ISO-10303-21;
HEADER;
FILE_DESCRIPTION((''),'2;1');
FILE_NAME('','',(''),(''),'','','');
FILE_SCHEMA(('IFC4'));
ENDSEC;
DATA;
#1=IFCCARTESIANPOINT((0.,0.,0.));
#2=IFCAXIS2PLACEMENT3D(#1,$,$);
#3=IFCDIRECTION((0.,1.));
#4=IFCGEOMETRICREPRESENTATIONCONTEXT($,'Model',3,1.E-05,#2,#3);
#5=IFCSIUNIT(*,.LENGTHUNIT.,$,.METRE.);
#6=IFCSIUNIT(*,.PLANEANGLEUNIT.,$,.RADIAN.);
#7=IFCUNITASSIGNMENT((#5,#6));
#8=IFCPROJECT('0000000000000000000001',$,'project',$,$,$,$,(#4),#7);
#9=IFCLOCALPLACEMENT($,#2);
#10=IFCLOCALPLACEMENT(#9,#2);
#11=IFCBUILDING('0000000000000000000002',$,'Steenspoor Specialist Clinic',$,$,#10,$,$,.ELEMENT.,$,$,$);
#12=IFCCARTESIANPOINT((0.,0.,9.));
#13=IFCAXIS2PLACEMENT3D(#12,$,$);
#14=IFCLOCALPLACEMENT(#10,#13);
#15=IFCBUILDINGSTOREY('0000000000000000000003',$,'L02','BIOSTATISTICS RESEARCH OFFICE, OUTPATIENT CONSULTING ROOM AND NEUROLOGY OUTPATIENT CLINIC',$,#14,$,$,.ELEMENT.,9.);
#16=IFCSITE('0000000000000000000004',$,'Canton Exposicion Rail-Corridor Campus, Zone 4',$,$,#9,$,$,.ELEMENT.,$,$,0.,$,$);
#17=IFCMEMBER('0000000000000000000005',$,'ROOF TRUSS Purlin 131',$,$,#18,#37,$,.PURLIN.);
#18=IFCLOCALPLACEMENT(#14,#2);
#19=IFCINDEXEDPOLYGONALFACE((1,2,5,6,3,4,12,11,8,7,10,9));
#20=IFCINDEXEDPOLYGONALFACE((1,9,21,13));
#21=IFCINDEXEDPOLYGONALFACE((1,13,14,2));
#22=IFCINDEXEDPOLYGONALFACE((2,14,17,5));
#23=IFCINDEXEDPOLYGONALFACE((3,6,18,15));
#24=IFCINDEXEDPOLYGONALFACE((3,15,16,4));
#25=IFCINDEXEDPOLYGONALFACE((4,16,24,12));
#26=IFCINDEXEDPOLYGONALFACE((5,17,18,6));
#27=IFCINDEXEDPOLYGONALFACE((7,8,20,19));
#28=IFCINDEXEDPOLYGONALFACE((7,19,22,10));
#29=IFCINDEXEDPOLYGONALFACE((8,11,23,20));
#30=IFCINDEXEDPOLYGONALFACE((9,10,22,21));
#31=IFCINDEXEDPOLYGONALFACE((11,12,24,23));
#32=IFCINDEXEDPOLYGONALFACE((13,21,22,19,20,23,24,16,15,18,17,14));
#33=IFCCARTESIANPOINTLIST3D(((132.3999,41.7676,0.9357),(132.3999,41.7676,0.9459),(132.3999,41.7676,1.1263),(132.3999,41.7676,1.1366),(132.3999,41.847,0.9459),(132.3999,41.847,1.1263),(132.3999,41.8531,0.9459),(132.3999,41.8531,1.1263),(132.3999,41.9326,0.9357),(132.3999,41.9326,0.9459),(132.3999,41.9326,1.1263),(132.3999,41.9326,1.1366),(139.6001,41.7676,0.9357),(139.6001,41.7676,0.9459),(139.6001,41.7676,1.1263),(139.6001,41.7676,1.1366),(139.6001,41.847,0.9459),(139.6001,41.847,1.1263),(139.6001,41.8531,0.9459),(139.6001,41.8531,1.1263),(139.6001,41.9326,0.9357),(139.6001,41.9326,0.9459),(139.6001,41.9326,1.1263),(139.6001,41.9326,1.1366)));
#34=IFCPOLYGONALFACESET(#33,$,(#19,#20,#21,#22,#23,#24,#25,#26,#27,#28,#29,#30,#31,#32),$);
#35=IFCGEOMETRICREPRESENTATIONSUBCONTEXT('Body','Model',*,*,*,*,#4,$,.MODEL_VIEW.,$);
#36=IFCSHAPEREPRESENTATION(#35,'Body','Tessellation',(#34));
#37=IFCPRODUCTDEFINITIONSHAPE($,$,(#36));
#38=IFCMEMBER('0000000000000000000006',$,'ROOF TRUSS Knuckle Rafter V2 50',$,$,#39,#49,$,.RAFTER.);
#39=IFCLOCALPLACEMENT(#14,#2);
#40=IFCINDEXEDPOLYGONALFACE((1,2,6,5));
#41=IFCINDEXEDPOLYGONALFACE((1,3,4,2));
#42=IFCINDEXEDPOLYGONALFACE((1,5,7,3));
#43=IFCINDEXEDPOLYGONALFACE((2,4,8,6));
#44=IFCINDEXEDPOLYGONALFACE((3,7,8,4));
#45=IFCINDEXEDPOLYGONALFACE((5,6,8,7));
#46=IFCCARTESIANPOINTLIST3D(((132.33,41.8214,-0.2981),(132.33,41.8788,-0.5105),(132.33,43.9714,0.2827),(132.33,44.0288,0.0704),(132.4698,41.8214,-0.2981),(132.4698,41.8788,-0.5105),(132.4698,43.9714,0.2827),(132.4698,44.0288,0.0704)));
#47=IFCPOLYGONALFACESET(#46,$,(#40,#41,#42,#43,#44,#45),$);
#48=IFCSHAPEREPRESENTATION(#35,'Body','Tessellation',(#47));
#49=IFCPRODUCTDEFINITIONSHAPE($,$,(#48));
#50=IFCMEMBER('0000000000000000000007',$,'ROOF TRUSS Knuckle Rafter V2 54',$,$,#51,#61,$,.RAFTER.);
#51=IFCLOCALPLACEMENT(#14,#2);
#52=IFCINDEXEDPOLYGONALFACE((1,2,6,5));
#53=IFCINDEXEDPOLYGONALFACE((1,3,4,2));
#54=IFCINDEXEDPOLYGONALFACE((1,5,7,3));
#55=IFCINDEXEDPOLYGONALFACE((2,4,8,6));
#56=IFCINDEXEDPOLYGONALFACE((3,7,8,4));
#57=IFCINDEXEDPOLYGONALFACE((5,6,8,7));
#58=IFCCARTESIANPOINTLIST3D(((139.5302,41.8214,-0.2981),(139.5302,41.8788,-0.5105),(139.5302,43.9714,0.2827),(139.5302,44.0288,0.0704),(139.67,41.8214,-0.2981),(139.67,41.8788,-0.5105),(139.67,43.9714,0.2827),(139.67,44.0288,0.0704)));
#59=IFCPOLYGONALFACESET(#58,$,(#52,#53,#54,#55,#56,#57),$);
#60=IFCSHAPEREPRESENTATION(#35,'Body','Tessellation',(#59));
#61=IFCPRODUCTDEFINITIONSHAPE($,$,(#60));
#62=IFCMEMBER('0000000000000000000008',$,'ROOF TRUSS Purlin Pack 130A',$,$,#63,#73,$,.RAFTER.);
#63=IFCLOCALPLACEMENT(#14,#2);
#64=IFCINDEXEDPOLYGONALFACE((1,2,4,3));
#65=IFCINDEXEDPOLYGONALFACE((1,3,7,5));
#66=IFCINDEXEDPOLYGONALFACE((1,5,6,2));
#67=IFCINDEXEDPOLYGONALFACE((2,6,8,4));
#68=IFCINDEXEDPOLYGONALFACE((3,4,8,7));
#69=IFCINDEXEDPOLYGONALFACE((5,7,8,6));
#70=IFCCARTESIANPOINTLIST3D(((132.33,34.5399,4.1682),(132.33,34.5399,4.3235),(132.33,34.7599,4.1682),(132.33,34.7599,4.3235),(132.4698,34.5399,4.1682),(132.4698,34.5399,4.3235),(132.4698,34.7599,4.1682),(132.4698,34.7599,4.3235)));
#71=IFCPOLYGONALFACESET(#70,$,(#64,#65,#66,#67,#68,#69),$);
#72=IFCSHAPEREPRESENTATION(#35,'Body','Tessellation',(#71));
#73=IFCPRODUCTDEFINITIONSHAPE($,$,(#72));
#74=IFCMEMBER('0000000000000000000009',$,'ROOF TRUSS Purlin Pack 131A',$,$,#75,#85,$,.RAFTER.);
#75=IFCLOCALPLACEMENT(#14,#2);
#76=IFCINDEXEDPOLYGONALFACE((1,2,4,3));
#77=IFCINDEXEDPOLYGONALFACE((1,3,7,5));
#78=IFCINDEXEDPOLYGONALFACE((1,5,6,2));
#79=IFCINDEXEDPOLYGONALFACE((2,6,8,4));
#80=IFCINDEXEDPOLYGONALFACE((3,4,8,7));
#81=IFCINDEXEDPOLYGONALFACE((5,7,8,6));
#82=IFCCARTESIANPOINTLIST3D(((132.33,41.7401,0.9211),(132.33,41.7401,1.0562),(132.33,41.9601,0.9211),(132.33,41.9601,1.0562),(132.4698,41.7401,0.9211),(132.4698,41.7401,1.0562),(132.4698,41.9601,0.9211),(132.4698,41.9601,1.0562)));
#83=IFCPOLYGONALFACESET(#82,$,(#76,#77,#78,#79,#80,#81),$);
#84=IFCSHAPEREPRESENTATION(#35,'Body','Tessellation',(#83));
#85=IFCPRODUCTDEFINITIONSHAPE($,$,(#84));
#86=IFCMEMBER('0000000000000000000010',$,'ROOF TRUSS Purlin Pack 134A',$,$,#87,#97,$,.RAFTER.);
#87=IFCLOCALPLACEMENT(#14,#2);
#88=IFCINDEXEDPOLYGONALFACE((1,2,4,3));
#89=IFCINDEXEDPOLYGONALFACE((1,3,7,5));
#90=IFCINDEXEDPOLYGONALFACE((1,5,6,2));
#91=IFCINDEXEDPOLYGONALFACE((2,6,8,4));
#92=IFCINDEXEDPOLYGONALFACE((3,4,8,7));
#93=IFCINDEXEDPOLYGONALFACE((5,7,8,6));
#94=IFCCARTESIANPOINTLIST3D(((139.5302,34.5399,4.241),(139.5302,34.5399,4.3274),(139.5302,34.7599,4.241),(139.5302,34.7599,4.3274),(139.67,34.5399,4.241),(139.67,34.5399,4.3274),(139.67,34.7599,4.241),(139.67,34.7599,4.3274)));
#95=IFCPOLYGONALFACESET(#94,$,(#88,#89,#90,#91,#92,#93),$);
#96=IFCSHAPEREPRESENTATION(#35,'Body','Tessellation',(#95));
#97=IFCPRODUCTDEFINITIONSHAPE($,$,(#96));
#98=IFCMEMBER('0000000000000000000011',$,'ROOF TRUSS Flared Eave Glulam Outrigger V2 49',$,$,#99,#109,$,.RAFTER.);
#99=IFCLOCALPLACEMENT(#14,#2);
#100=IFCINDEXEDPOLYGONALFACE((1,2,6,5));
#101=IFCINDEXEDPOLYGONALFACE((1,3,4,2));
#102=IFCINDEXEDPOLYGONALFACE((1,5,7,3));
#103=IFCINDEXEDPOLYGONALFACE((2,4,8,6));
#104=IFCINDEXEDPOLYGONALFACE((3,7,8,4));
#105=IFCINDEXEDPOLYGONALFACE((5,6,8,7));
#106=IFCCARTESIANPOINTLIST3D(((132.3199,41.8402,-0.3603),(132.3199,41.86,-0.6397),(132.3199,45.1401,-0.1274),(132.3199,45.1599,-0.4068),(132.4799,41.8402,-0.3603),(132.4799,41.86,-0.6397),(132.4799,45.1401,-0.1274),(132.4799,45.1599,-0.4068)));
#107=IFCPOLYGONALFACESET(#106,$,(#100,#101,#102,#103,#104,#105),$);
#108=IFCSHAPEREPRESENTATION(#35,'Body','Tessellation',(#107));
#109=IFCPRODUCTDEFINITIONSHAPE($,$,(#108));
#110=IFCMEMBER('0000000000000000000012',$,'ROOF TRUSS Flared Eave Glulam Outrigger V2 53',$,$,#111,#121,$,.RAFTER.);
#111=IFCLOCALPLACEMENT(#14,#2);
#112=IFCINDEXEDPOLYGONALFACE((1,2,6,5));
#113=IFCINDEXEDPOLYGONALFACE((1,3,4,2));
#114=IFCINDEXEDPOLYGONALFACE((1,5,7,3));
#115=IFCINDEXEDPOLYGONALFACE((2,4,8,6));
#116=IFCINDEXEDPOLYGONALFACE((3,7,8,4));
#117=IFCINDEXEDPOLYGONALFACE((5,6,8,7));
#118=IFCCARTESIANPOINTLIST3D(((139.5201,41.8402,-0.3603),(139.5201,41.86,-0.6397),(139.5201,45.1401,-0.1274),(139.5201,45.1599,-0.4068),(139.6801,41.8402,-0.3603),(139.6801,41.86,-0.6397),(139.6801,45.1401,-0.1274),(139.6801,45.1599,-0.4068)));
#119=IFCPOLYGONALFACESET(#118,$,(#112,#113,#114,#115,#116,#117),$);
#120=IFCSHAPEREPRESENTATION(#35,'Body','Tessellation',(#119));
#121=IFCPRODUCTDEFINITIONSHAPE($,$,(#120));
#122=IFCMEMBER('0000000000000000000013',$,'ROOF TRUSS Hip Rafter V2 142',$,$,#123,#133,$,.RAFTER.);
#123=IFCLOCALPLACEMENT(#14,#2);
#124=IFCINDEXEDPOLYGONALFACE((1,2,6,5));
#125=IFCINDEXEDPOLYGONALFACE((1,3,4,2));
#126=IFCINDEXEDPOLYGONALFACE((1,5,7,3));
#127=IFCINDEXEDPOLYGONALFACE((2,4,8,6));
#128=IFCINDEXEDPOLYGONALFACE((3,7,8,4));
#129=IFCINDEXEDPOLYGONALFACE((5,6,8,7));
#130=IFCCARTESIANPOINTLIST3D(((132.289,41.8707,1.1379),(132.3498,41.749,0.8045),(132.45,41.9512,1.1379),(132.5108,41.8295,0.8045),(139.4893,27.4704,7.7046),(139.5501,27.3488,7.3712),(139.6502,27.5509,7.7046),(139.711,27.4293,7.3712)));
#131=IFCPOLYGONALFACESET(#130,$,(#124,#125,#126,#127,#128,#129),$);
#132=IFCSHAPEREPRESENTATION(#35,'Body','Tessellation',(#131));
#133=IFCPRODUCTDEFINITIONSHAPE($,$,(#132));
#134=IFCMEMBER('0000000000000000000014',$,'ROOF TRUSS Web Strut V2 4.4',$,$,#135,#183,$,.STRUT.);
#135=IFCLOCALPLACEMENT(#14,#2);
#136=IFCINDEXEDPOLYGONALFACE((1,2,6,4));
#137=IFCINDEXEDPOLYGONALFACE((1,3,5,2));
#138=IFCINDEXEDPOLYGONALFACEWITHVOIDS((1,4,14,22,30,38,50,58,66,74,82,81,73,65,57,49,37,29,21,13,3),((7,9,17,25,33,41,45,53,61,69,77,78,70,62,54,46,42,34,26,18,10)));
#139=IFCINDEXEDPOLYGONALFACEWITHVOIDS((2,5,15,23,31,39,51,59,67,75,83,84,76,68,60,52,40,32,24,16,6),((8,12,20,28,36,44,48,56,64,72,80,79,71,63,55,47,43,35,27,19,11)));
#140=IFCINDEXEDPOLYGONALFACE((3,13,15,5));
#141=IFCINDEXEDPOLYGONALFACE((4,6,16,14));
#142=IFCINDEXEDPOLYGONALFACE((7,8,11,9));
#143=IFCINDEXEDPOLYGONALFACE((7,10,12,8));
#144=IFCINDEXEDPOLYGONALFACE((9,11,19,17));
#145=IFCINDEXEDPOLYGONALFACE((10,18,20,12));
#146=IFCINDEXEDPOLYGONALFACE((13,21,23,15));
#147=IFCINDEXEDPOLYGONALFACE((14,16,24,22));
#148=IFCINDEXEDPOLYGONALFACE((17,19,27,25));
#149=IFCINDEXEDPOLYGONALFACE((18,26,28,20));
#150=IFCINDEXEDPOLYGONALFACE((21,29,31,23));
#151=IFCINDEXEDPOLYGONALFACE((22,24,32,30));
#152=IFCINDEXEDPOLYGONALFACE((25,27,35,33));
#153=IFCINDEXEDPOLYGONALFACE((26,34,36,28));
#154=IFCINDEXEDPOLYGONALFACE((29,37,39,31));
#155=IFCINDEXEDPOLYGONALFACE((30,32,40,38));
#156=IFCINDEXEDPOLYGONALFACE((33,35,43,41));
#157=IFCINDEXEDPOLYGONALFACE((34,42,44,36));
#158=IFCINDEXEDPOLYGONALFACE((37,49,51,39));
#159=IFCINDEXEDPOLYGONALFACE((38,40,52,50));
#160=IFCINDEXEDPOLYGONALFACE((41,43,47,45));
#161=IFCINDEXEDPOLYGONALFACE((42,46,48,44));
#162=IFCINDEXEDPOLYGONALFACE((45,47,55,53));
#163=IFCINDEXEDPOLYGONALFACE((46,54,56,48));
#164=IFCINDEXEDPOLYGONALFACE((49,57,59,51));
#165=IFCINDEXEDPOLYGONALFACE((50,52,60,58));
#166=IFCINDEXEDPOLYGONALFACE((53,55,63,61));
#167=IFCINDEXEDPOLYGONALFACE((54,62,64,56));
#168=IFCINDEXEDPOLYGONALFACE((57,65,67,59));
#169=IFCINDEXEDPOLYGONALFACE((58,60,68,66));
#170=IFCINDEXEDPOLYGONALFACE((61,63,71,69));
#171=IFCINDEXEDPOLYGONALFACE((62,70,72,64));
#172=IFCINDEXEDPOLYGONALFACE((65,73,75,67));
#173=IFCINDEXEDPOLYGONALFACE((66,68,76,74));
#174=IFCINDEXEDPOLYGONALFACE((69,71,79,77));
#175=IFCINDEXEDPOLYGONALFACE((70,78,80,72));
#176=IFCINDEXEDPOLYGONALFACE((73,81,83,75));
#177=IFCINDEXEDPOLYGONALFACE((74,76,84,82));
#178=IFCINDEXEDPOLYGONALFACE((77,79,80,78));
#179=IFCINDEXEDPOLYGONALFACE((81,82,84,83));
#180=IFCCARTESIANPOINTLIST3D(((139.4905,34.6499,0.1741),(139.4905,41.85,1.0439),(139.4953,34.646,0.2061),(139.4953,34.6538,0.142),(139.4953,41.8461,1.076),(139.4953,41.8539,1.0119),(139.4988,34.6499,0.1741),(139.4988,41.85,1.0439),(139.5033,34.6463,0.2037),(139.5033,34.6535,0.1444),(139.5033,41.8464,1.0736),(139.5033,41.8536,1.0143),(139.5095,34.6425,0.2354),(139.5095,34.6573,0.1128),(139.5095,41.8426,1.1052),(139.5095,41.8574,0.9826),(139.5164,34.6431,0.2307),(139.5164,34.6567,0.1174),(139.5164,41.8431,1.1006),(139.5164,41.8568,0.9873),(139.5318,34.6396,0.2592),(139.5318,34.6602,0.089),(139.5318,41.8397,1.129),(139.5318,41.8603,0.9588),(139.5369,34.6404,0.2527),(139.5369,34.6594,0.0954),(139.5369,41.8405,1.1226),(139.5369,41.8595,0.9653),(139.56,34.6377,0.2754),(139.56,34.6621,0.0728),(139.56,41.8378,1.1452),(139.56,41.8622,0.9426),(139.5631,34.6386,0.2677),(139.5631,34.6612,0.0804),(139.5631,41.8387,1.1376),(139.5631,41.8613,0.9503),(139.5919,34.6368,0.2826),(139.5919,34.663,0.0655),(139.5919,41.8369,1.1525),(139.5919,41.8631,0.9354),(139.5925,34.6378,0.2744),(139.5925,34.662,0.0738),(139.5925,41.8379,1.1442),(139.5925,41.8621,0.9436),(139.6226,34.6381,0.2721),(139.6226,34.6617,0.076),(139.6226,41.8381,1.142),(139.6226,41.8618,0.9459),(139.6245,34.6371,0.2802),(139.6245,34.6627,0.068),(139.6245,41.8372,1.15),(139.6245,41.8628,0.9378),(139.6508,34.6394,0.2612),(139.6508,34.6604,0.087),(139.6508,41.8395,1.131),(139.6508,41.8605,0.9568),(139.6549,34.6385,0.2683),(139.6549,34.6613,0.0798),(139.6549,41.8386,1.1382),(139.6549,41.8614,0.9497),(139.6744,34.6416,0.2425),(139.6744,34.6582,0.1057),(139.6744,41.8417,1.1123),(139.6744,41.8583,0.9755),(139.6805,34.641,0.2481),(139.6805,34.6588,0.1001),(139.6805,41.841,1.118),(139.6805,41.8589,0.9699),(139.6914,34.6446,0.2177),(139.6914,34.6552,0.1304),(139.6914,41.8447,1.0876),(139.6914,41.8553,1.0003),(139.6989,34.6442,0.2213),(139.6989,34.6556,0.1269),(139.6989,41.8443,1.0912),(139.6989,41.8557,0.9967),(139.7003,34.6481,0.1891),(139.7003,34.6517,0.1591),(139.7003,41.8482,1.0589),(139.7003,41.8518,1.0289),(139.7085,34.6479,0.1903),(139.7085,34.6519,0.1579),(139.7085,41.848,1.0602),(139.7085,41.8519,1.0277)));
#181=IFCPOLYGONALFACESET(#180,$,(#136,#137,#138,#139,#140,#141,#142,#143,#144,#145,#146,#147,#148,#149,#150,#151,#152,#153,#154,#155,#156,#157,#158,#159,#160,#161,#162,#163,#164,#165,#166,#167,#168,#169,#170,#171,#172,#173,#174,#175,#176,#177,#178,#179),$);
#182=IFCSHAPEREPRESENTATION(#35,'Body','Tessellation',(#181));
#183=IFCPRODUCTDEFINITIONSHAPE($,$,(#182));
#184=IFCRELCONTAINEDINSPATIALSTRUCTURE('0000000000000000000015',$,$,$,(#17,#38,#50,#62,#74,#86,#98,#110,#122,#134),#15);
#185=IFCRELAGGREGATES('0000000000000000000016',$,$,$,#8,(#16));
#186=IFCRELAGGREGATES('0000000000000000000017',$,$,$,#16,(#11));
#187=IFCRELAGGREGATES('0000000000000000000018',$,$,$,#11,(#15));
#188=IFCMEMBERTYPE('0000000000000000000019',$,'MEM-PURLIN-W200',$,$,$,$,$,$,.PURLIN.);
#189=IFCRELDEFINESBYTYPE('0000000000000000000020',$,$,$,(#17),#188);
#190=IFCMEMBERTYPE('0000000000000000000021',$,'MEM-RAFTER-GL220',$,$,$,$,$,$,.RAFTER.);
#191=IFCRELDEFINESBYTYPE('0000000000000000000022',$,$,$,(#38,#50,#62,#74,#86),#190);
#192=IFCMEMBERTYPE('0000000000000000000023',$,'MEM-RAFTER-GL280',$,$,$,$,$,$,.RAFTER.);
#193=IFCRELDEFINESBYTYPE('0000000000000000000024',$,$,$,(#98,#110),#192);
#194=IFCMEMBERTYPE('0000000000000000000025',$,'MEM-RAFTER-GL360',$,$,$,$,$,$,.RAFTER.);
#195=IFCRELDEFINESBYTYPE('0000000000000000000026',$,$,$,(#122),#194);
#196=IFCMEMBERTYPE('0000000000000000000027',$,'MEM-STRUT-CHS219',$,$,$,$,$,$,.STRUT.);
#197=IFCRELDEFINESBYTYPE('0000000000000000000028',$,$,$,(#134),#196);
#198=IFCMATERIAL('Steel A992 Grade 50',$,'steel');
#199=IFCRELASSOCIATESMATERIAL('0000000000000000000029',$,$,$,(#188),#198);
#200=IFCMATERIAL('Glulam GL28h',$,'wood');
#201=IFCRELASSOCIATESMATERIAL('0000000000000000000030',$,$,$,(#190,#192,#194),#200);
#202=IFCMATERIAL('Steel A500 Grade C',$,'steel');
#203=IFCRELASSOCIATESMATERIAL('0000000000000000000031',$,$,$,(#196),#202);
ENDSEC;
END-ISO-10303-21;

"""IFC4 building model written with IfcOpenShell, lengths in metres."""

from ifc_helpers import new_model, si_unit, direction, frame, origin, origin_2d, place, context, subcontext, project, spatial, rectangle, hollow_circle, i_section, extrude, material, material_profile, profile_set, type_object, element, save


model = new_model("IFC4")

# Units and contexts
model_context = context("Model", 3, precision=1e-05, world=origin(), true_north=direction((0.0, 1.0)))
body_context = subcontext(model_context, "Body", "Model", "MODEL_VIEW")
ifc_project = project(units=[si_unit("LENGTHUNIT", "METRE"), si_unit("PLANEANGLEUNIT", "RADIAN")], contexts=[model_context])

# Site, building, storey
site_placement = place(None, origin())
site = spatial("IfcSite", under=ifc_project, at=site_placement, Name="Canton Exposicion Rail-Corridor Campus, Zone 4", CompositionType="ELEMENT", RefElevation=0.0)
building_placement = place(site_placement, origin())
building = spatial("IfcBuilding", under=site, at=building_placement, Name="Steenspoor Specialist Clinic", CompositionType="ELEMENT")
storey_placement = place(building_placement, frame((0.0, 0.0, 9.0)))
storey = spatial("IfcBuildingStorey", under=building, at=storey_placement, Name="L02", Description="BIOSTATISTICS RESEARCH OFFICE, OUTPATIENT CONSULTING ROOM AND NEUROLOGY OUTPATIENT CLINIC", CompositionType="ELEMENT", Elevation=9.0)

# Members
ifc_material_1 = material(Name="Steel A500 Grade C", Category="steel")
ifc_material_2 = material(Name="Steel A992 Grade 50", Category="steel")
ifc_material_profile_1 = material_profile(ifc_material_2, i_section(OverallWidth=0.165, OverallDepth=0.2009, WebThickness=0.0061, FlangeThickness=0.0103, at=origin_2d()), Name="W200X36")
ifc_profile_set_1 = profile_set([ifc_material_profile_1], Name="Steel A992 Grade 50")
member_type_1 = type_object("IfcMemberType", Name="MEM-PURLIN-W200", PredefinedType="PURLIN", material=ifc_profile_set_1)
member_1_placement = place(storey_placement, frame((132.3999, 41.8501, 1.0361), z_axis=(1.0, 0.0, 0.0), x_axis=(0.0, 1.0, 0.0)))
element("IfcMember", 1, at=member_1_placement, inside=storey, type_object=member_type_1, Name="ROOF TRUSS Purlin 131", PredefinedType="PURLIN", context=body_context, shape_type="SweptSolid", body=[
    extrude(i_section(OverallWidth=0.165, OverallDepth=0.2009, WebThickness=0.0061, FlangeThickness=0.0103, at=origin_2d()), origin(), (0.0, 0.0, 1.0), 7.2002),
])
ifc_material_3 = material(Name="Glulam GL28h", Category="wood")
ifc_material_profile_2 = material_profile(ifc_material_3, rectangle(XDim=0.1399, YDim=0.22, at=origin_2d()), Name="GL28H-140X220")
ifc_profile_set_2 = profile_set([ifc_material_profile_2], Name="Glulam GL28h")
member_type_2 = type_object("IfcMemberType", Name="MEM-RAFTER-GL220", PredefinedType="RAFTER", material=ifc_profile_set_2)
for number, where, z_axis, x_axis, name in (
    (2, (132.3999, 41.8501, -0.4043), (0.0, 0.965391, 0.260807), (-1.0, 0.0, 0.0), "ROOF TRUSS Knuckle Rafter V2 50"),
    (3, (139.6001, 41.8501, -0.4043), (0.0, 0.965391, 0.260807), (-1.0, 0.0, 0.0), "ROOF TRUSS Knuckle Rafter V2 54"),
):
    element("IfcMember", number, at=place(storey_placement, frame(where, z_axis=z_axis, x_axis=x_axis)), inside=storey, type_object=member_type_2, Name=name, PredefinedType="RAFTER", context=body_context, shape_type="SweptSolid", body=[
        extrude(rectangle(XDim=0.1399, YDim=0.22, at=origin_2d()), origin(), (0.0, 0.0, 1.0), 2.2271),
    ])
member_2_placement = place(storey_placement, frame((132.3999, 34.6499, 4.1682), z_axis=(0.0, 0.0, 1.0), x_axis=(1.0, 0.0, 0.0)))
element("IfcMember", 4, at=member_2_placement, inside=storey, type_object=member_type_2, Name="ROOF TRUSS Purlin Pack 130A", PredefinedType="RAFTER", context=body_context, shape_type="SweptSolid", body=[
    extrude(rectangle(XDim=0.1399, YDim=0.22, at=origin_2d()), origin(), (0.0, 0.0, 1.0), 0.1553),
])
member_3_placement = place(storey_placement, frame((132.3999, 41.8501, 0.9211), z_axis=(0.0, 0.0, 1.0), x_axis=(1.0, 0.0, 0.0)))
element("IfcMember", 5, at=member_3_placement, inside=storey, type_object=member_type_2, Name="ROOF TRUSS Purlin Pack 131A", PredefinedType="RAFTER", context=body_context, shape_type="SweptSolid", body=[
    extrude(rectangle(XDim=0.1399, YDim=0.22, at=origin_2d()), origin(), (0.0, 0.0, 1.0), 0.135),
])
member_4_placement = place(storey_placement, frame((139.6001, 34.6499, 4.241), z_axis=(0.0, 0.0, 1.0), x_axis=(1.0, 0.0, 0.0)))
element("IfcMember", 6, at=member_4_placement, inside=storey, type_object=member_type_2, Name="ROOF TRUSS Purlin Pack 134A", PredefinedType="RAFTER", context=body_context, shape_type="SweptSolid", body=[
    extrude(rectangle(XDim=0.1399, YDim=0.22, at=origin_2d()), origin(), (0.0, 0.0, 1.0), 0.0864),
])
ifc_material_profile_3 = material_profile(ifc_material_3, rectangle(XDim=0.1599, YDim=0.28, at=origin_2d()), Name="GL28H-160X280")
ifc_profile_set_3 = profile_set([ifc_material_profile_3], Name="Glulam GL28h")
member_type_3 = type_object("IfcMemberType", Name="MEM-RAFTER-GL280", PredefinedType="RAFTER", material=ifc_profile_set_3)
for number, where, z_axis, x_axis, name in (
    (7, (132.3999, 41.8501, -0.5), (0.0, 0.997518, 0.070408), (-1.0, 0.0, 0.0), "ROOF TRUSS Flared Eave Glulam Outrigger V2 49"),
    (8, (139.6001, 41.8501, -0.5), (0.0, 0.997518, 0.070408), (-1.0, 0.0, 0.0), "ROOF TRUSS Flared Eave Glulam Outrigger V2 53"),
):
    element("IfcMember", number, at=place(storey_placement, frame(where, z_axis=z_axis, x_axis=x_axis)), inside=storey, type_object=member_type_3, Name=name, PredefinedType="RAFTER", context=body_context, shape_type="SweptSolid", body=[
        extrude(rectangle(XDim=0.1599, YDim=0.28, at=origin_2d()), origin(), (0.0, 0.0, 1.0), 3.3081),
    ])
ifc_material_profile_4 = material_profile(ifc_material_3, rectangle(XDim=0.1799, YDim=0.3601, at=origin_2d()), Name="GL28H-180X360")
ifc_profile_set_4 = profile_set([ifc_material_profile_4], Name="Glulam GL28h")
member_type_4 = type_object("IfcMemberType", Name="MEM-RAFTER-GL360", PredefinedType="RAFTER", material=ifc_profile_set_4)
member_5_placement = place(storey_placement, frame((132.3999, 41.8501, 0.9712), z_axis=(0.4141, -0.828186, 0.377663), x_axis=(0.894424, 0.44722, 0.0)))
element("IfcMember", 9, at=member_5_placement, inside=storey, type_object=member_type_4, Name="ROOF TRUSS Hip Rafter V2 142", PredefinedType="RAFTER", context=body_context, shape_type="SweptSolid", body=[
    extrude(rectangle(XDim=0.1799, YDim=0.3601, at=origin_2d()), origin(), (0.0, 0.0, 1.0), 17.3877),
])
ifc_material_profile_5 = material_profile(ifc_material_1, hollow_circle(Radius=0.1096, WallThickness=0.0083, at=origin_2d()), Name="CHS219X8.2")
ifc_profile_set_5 = profile_set([ifc_material_profile_5], Name="Steel A500 Grade C")
member_type_5 = type_object("IfcMemberType", Name="MEM-STRUT-CHS219", PredefinedType="STRUT", material=ifc_profile_set_5)
member_6_placement = place(storey_placement, frame((139.6001, 34.6499, 0.1741), z_axis=(0.0, 0.992781, 0.11994), x_axis=(-1.0, 0.0, 0.0)))
element("IfcMember", 10, at=member_6_placement, inside=storey, type_object=member_type_5, Name="ROOF TRUSS Web Strut V2 4.4", PredefinedType="STRUT", context=body_context, shape_type="SweptSolid", body=[
    extrude(hollow_circle(Radius=0.1096, WallThickness=0.0083, at=origin_2d()), origin(), (0.0, 0.0, 1.0), 7.2524),
])

save(model, "model.ifc")
